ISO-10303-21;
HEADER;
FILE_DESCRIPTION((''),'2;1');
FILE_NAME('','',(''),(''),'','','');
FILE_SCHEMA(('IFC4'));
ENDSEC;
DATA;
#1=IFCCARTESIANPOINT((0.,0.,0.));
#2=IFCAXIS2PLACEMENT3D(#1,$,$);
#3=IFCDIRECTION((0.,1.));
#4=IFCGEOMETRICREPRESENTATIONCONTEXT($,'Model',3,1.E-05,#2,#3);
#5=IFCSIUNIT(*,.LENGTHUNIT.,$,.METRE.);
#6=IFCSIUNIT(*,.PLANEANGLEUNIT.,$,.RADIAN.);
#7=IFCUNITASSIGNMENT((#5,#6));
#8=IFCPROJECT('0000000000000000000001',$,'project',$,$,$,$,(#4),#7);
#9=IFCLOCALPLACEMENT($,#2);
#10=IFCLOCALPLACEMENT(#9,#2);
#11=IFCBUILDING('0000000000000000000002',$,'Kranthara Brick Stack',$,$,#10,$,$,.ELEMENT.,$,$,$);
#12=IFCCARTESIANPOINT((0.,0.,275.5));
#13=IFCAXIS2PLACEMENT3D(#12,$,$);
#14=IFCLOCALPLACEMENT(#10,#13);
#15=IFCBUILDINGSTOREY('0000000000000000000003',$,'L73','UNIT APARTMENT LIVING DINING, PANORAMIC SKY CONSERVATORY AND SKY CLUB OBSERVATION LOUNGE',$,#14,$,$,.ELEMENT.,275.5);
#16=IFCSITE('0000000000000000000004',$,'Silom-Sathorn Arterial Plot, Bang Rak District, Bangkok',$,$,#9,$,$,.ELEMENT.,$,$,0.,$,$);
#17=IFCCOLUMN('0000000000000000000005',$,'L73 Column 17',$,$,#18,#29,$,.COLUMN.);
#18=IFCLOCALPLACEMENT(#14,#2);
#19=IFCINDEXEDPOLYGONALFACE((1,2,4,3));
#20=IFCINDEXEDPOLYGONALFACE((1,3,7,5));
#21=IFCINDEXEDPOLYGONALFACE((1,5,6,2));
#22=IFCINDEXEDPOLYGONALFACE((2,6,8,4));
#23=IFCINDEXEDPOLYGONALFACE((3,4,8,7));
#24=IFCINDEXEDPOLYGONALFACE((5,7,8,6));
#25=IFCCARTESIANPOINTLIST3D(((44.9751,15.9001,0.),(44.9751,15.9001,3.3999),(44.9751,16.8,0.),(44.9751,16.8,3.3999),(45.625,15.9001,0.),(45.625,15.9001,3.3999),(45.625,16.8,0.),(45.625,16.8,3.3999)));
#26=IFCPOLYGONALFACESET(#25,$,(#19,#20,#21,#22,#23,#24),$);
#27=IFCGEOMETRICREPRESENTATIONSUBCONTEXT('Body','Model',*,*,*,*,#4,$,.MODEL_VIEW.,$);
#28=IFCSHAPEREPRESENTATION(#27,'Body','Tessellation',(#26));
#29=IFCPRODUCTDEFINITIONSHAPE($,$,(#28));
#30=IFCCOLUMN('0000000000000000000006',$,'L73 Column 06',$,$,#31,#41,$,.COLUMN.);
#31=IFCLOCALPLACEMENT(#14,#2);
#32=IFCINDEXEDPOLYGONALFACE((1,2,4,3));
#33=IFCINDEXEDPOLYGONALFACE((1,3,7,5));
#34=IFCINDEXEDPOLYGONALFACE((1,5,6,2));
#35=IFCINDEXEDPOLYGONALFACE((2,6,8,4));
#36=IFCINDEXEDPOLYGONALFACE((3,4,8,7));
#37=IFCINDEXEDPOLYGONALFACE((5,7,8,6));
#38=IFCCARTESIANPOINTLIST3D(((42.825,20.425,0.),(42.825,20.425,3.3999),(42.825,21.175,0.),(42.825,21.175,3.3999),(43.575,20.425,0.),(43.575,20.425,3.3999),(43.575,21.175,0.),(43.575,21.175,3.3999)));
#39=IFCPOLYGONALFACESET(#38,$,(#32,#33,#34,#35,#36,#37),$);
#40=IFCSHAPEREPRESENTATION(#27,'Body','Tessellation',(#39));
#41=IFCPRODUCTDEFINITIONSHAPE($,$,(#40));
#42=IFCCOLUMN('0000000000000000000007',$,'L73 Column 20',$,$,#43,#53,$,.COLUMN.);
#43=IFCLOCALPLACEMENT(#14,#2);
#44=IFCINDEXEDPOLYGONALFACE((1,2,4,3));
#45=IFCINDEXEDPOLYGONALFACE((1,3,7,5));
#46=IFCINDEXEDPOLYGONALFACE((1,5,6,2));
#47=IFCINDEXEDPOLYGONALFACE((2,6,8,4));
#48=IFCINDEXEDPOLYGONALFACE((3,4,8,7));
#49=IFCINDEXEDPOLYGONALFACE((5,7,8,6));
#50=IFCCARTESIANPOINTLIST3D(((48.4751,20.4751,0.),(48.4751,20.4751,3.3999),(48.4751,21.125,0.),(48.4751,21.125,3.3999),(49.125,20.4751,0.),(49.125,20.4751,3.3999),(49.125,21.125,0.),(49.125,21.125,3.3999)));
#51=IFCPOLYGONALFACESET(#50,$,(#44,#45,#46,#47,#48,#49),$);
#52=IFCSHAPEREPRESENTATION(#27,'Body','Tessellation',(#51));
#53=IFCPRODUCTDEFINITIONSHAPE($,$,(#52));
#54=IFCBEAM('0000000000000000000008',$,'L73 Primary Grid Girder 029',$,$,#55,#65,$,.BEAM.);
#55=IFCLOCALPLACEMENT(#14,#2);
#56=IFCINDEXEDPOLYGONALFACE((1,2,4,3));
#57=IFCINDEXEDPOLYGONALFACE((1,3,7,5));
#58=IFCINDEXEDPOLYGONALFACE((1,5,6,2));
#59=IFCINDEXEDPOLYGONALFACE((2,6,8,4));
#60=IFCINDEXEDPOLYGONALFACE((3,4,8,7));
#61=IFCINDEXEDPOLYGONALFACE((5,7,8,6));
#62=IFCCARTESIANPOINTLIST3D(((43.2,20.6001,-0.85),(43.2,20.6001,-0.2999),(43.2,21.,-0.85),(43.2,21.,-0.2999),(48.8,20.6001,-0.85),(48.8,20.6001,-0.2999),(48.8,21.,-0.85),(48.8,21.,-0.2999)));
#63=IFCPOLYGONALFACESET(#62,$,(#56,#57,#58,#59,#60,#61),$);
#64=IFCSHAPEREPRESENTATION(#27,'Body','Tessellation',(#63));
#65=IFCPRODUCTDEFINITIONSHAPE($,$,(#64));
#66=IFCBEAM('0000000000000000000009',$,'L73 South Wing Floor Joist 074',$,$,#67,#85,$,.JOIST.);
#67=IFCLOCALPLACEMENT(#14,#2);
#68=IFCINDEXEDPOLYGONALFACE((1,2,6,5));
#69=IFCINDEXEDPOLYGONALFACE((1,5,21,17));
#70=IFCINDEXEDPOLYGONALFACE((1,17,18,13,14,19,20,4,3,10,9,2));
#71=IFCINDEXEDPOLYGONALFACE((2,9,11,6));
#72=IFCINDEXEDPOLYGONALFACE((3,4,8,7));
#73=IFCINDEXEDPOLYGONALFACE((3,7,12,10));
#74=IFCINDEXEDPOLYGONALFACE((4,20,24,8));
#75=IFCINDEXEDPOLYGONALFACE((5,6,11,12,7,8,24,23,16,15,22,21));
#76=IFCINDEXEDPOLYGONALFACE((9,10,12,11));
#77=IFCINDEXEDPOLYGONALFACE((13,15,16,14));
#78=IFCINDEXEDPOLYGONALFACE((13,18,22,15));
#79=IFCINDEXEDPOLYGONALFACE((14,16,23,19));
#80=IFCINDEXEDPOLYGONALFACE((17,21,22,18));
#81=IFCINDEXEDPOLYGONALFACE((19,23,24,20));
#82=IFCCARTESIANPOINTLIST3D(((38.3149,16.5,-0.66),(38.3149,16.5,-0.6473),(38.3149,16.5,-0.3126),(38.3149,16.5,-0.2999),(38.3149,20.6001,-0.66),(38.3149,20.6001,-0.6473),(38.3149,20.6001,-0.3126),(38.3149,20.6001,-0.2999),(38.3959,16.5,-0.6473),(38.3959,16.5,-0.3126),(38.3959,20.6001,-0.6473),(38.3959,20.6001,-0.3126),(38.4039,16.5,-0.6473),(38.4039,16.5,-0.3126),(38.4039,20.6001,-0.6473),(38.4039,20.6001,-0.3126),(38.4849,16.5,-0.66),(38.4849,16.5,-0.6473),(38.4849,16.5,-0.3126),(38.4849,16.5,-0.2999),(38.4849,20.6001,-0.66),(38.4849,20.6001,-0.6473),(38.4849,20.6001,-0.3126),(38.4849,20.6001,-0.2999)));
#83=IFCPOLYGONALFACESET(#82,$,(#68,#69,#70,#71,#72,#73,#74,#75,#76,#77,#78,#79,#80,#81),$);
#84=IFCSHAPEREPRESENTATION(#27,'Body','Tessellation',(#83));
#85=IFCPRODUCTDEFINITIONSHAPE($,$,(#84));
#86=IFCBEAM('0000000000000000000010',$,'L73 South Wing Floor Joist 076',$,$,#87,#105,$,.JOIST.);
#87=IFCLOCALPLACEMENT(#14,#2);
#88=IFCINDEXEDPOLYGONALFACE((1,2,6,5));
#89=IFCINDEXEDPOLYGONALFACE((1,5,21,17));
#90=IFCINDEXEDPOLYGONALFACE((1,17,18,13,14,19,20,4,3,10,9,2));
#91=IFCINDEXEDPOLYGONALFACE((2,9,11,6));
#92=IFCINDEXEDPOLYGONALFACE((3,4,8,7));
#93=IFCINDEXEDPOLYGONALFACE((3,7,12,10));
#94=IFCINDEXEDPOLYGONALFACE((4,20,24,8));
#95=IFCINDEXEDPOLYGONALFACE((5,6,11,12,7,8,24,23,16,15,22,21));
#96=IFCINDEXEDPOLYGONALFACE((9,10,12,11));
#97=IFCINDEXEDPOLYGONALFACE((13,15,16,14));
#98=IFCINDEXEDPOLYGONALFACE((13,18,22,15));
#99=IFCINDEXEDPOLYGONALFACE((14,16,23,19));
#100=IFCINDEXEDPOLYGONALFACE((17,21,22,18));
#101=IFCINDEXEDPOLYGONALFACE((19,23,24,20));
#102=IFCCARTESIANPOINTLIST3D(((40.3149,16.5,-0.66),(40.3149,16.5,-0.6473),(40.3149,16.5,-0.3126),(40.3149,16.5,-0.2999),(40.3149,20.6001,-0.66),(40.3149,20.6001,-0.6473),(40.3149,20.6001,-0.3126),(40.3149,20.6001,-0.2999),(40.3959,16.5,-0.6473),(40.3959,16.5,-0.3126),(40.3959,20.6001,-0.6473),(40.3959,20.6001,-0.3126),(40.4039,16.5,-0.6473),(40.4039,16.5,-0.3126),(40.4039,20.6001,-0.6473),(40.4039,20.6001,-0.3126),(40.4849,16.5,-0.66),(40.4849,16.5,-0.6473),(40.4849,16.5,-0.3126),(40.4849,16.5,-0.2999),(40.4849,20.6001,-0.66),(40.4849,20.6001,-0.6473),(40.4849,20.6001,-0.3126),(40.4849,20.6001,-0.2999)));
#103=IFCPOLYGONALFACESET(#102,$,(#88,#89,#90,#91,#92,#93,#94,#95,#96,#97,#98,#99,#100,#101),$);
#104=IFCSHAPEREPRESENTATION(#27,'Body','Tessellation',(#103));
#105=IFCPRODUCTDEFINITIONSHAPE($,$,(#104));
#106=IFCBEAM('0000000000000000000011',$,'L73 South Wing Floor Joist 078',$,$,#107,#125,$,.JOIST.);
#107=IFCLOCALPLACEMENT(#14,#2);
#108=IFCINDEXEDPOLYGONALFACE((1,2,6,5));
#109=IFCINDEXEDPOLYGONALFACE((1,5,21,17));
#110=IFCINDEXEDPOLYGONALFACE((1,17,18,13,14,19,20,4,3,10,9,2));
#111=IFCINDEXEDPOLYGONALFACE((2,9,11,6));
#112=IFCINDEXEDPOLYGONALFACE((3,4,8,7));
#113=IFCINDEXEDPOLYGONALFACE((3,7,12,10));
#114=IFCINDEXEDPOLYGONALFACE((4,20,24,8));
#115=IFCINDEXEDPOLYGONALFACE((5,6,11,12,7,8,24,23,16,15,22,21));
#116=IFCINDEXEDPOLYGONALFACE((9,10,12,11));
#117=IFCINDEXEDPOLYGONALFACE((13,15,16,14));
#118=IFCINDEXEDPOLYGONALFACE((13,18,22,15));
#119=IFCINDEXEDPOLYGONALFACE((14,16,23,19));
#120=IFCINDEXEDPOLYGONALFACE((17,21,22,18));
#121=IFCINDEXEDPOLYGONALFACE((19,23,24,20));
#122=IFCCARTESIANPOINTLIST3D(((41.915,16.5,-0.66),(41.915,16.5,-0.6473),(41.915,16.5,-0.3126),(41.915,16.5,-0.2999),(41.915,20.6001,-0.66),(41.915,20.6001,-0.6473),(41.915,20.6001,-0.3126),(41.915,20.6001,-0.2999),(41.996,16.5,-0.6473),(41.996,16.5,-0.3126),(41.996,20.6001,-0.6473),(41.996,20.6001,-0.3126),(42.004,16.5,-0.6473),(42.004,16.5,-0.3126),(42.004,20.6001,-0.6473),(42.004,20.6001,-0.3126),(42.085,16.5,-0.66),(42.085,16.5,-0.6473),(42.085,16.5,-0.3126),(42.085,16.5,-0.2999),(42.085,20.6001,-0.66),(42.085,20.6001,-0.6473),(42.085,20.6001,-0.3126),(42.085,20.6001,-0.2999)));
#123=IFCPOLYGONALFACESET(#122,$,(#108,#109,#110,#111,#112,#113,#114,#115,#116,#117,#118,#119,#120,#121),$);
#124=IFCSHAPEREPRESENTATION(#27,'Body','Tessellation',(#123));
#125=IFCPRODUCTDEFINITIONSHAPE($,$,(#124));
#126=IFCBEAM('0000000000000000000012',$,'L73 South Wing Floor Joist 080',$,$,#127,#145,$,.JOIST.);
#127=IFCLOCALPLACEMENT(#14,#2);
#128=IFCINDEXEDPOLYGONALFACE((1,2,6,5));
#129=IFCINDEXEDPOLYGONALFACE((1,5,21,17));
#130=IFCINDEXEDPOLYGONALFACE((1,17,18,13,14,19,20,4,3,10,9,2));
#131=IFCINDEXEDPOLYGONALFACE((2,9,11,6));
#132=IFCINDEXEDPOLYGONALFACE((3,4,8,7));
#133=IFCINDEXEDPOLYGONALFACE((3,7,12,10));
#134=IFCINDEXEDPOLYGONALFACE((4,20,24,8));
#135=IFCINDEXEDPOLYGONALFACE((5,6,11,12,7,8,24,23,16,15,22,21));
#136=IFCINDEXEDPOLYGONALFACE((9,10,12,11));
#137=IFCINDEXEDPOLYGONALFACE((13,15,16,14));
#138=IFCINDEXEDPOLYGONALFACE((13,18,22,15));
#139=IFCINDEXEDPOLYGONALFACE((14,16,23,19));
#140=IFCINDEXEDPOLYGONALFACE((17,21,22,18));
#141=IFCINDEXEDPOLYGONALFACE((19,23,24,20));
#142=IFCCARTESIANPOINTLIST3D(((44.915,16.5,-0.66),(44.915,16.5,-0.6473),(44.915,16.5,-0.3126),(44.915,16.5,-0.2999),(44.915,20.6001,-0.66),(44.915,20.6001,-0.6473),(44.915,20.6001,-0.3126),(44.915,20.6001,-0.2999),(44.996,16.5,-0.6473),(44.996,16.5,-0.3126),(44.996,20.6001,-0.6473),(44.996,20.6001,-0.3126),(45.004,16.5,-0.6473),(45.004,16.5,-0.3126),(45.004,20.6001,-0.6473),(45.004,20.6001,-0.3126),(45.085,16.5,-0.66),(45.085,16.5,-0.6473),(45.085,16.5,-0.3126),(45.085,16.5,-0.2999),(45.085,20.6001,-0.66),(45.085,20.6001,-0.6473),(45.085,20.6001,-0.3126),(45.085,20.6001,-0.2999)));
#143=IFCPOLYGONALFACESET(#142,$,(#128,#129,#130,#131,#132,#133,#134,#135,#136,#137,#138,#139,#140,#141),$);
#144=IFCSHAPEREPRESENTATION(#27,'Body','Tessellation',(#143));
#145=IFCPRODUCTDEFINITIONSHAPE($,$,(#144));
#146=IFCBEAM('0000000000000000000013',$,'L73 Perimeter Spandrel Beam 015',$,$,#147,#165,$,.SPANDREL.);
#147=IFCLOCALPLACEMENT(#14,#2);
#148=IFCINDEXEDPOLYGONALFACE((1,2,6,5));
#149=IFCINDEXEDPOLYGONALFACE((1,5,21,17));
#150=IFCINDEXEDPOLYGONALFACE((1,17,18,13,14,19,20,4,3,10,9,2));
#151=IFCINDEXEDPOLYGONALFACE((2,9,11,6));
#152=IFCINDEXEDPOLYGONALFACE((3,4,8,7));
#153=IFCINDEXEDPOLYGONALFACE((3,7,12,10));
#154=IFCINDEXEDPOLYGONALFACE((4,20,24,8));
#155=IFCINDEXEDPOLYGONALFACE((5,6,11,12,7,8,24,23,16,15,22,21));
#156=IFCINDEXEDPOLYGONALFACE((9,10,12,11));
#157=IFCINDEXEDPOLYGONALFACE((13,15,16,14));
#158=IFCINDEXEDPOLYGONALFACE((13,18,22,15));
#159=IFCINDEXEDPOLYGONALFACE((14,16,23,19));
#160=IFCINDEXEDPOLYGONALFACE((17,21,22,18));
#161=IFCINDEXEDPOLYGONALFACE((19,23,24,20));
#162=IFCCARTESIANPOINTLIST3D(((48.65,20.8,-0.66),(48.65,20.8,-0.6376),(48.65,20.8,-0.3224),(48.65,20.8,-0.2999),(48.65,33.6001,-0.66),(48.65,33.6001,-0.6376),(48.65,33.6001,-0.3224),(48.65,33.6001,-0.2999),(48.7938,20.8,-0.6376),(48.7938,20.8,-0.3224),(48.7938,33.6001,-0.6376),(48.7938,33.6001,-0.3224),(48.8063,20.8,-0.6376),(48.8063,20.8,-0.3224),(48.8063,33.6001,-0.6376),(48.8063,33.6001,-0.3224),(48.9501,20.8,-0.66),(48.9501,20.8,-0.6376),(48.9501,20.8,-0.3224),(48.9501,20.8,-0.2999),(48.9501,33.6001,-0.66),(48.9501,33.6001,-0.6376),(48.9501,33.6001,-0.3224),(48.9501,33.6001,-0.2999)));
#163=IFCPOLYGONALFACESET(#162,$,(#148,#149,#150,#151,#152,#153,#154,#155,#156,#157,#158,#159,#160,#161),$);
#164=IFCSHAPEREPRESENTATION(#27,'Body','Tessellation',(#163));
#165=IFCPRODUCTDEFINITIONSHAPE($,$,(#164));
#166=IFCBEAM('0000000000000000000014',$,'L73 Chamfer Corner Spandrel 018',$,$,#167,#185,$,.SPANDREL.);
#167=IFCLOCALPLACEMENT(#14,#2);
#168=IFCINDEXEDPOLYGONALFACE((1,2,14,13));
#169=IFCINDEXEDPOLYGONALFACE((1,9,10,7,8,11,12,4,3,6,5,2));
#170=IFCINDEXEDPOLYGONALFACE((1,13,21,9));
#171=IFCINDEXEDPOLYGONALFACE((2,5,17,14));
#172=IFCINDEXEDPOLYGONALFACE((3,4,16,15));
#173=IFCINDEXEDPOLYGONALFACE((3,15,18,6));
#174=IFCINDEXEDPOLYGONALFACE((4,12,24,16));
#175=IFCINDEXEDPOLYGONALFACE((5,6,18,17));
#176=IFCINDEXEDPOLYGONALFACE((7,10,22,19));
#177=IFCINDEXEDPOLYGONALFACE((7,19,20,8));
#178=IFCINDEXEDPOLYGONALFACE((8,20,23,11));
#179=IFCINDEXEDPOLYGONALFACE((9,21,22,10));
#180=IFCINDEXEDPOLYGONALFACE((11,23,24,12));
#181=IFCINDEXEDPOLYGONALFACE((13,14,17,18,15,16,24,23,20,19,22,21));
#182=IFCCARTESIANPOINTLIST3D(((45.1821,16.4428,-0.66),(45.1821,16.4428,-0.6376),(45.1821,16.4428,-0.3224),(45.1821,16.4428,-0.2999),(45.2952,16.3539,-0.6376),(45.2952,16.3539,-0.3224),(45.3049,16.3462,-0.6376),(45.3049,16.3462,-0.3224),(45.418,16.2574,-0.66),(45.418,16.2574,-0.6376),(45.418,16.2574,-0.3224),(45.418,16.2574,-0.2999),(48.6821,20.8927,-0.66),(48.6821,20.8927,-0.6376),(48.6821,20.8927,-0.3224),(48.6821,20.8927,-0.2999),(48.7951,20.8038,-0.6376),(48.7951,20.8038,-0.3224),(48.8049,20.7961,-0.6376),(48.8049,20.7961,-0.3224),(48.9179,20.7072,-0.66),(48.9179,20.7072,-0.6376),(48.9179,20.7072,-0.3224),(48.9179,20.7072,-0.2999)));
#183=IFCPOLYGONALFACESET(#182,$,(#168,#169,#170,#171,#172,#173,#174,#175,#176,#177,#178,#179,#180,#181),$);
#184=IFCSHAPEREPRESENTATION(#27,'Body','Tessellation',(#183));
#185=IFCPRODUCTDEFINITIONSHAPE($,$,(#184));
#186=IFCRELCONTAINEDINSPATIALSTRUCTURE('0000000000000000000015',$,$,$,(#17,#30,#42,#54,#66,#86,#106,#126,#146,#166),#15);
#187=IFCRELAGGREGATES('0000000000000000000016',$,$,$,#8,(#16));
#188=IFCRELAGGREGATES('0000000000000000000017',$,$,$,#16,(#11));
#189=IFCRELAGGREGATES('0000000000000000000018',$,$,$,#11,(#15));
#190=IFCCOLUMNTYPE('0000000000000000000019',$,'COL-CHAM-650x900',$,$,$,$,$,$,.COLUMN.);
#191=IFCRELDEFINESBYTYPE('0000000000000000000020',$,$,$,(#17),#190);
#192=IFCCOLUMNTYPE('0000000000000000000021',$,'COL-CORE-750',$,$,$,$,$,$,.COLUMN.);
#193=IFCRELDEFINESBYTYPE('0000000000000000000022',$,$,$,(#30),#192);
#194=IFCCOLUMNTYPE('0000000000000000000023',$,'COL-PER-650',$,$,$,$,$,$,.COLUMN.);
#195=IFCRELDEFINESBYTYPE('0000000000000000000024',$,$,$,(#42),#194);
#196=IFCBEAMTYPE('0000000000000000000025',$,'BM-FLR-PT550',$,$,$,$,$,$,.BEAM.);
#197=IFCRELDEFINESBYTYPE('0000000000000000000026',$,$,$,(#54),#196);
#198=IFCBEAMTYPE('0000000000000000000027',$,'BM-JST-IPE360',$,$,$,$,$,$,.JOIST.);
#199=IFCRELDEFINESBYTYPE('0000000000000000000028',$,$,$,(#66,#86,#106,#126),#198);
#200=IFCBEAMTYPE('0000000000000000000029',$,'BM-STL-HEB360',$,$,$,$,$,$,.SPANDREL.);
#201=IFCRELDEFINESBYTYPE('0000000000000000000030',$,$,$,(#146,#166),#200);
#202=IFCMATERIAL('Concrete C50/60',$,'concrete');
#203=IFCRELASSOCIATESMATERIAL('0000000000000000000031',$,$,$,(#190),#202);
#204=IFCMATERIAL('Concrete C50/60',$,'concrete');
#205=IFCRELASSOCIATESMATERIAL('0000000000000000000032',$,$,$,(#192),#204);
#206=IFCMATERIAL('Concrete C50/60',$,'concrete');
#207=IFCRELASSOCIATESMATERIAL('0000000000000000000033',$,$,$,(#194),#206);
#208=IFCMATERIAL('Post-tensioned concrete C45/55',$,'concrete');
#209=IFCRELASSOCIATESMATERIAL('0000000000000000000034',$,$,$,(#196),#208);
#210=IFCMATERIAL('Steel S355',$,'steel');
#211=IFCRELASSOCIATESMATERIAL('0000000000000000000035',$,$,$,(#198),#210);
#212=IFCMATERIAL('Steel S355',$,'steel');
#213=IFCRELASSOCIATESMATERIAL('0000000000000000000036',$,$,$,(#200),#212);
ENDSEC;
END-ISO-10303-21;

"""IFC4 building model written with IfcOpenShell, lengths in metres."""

from ifc_helpers import new_model, si_unit, direction, frame, origin, origin_2d, place, context, subcontext, project, spatial, rectangle, i_section, extrude, material, material_profile, profile_set, type_object, element, save


model = new_model("IFC4")

# Units and contexts
model_context = context("Model", 3, precision=1e-05, world=origin(), true_north=direction((0.0, 1.0)))
body_context = subcontext(model_context, "Body", "Model", "MODEL_VIEW")
ifc_project = project(units=[si_unit("LENGTHUNIT", "METRE"), si_unit("PLANEANGLEUNIT", "RADIAN")], contexts=[model_context])

# Site, building, storey
site_placement = place(None, origin())
site = spatial("IfcSite", under=ifc_project, at=site_placement, Name="Silom-Sathorn Arterial Plot, Bang Rak District, Bangkok", CompositionType="ELEMENT", RefElevation=0.0)
building_placement = place(site_placement, origin())
building = spatial("IfcBuilding", under=site, at=building_placement, Name="Kranthara Brick Stack", CompositionType="ELEMENT")
storey_placement = place(building_placement, frame((0.0, 0.0, 275.5)))
storey = spatial("IfcBuildingStorey", under=building, at=storey_placement, Name="L73", Description="UNIT APARTMENT LIVING DINING, PANORAMIC SKY CONSERVATORY AND SKY CLUB OBSERVATION LOUNGE", CompositionType="ELEMENT", Elevation=275.5)

# Columns
ifc_material_1 = material(Name="Concrete C50/60", Category="concrete")
ifc_material_profile_1 = material_profile(ifc_material_1, rectangle(XDim=0.6499, YDim=0.8999, at=origin_2d()), Name="RC 650x900")
ifc_profile_set_1 = profile_set([ifc_material_profile_1], Name="Concrete C50/60")
column_type_1 = type_object("IfcColumnType", Name="COL-CHAM-650x900", PredefinedType="COLUMN", material=ifc_profile_set_1)
column_1_placement = place(storey_placement, frame((45.3, 16.3501, 0.0), z_axis=(0.0, 0.0, 1.0), x_axis=(1.0, 0.0, 0.0)))
element("IfcColumn", 1, at=column_1_placement, inside=storey, type_object=column_type_1, Name="L73 Column 17", PredefinedType="COLUMN", context=body_context, shape_type="SweptSolid", body=[
    extrude(rectangle(XDim=0.6499, YDim=0.8999, at=origin_2d()), origin(), (0.0, 0.0, 1.0), 3.3999),
])
ifc_material_2 = material(Name="Concrete C50/60", Category="concrete")
ifc_material_profile_2 = material_profile(ifc_material_2, rectangle(XDim=0.75, YDim=0.75, at=origin_2d()), Name="RC 750x750")
ifc_profile_set_2 = profile_set([ifc_material_profile_2], Name="Concrete C50/60")
column_type_2 = type_object("IfcColumnType", Name="COL-CORE-750", PredefinedType="COLUMN", material=ifc_profile_set_2)
column_2_placement = place(storey_placement, frame((43.2, 20.8, 0.0), z_axis=(0.0, 0.0, 1.0), x_axis=(1.0, 0.0, 0.0)))
element("IfcColumn", 2, at=column_2_placement, inside=storey, type_object=column_type_2, Name="L73 Column 06", PredefinedType="COLUMN", context=body_context, shape_type="SweptSolid", body=[
    extrude(rectangle(XDim=0.75, YDim=0.75, at=origin_2d()), origin(), (0.0, 0.0, 1.0), 3.3999),
])
ifc_material_3 = material(Name="Concrete C50/60", Category="concrete")
ifc_material_profile_3 = material_profile(ifc_material_3, rectangle(XDim=0.6499, YDim=0.6499, at=origin_2d()), Name="RC 650x650")
ifc_profile_set_3 = profile_set([ifc_material_profile_3], Name="Concrete C50/60")
column_type_3 = type_object("IfcColumnType", Name="COL-PER-650", PredefinedType="COLUMN", material=ifc_profile_set_3)
column_3_placement = place(storey_placement, frame((48.8, 20.8, 0.0), z_axis=(0.0, 0.0, 1.0), x_axis=(1.0, 0.0, 0.0)))
element("IfcColumn", 3, at=column_3_placement, inside=storey, type_object=column_type_3, Name="L73 Column 20", PredefinedType="COLUMN", context=body_context, shape_type="SweptSolid", body=[
    extrude(rectangle(XDim=0.6499, YDim=0.6499, at=origin_2d()), origin(), (0.0, 0.0, 1.0), 3.3999),
])

# Beams
ifc_material_4 = material(Name="Post-tensioned concrete C45/55", Category="concrete")
ifc_material_profile_4 = material_profile(ifc_material_4, rectangle(XDim=0.3999, YDim=0.55, at=origin_2d()), Name="PT 400x550")
ifc_profile_set_4 = profile_set([ifc_material_profile_4], Name="Post-tensioned concrete C45/55")
beam_type_1 = type_object("IfcBeamType", Name="BM-FLR-PT550", PredefinedType="BEAM", material=ifc_profile_set_4)
beam_1_placement = place(storey_placement, frame((43.2, 20.8, -0.575), z_axis=(1.0, 0.0, 0.0), x_axis=(0.0, 1.0, 0.0)))
element("IfcBeam", 4, at=beam_1_placement, inside=storey, type_object=beam_type_1, Name="L73 Primary Grid Girder 029", PredefinedType="BEAM", context=body_context, shape_type="SweptSolid", body=[
    extrude(rectangle(XDim=0.3999, YDim=0.55, at=origin_2d()), origin(), (0.0, 0.0, 1.0), 5.6001),
])
ifc_material_5 = material(Name="Steel S355", Category="steel")
ifc_material_profile_5 = material_profile(ifc_material_5, i_section(OverallWidth=0.1699, OverallDepth=0.3601, WebThickness=0.0081, FlangeThickness=0.0127, at=origin_2d()), Name="IPE 360")
ifc_profile_set_5 = profile_set([ifc_material_profile_5], Name="Steel S355")
beam_type_2 = type_object("IfcBeamType", Name="BM-JST-IPE360", PredefinedType="JOIST", material=ifc_profile_set_5)
for number, where, z_axis, x_axis, name in (
    (5, (38.3999, 16.5, -0.48), (0.0, 1.0, 0.0), (-1.0, 0.0, 0.0), "L73 South Wing Floor Joist 074"),
    (6, (40.3999, 16.5, -0.48), (0.0, 1.0, 0.0), (-1.0, 0.0, 0.0), "L73 South Wing Floor Joist 076"),
    (7, (42.0, 16.5, -0.48), (0.0, 1.0, 0.0), (-1.0, 0.0, 0.0), "L73 South Wing Floor Joist 078"),
    (8, (45.0, 16.5, -0.48), (0.0, 1.0, 0.0), (-1.0, 0.0, 0.0), "L73 South Wing Floor Joist 080"),
):
    element("IfcBeam", number, at=place(storey_placement, frame(where, z_axis=z_axis, x_axis=x_axis)), inside=storey, type_object=beam_type_2, Name=name, PredefinedType="JOIST", context=body_context, shape_type="SweptSolid", body=[
        extrude(i_section(OverallWidth=0.1699, OverallDepth=0.3601, WebThickness=0.0081, FlangeThickness=0.0127, at=origin_2d()), origin(), (0.0, 0.0, 1.0), 4.1001),
    ])
ifc_material_6 = material(Name="Steel S355", Category="steel")
ifc_material_profile_6 = material_profile(ifc_material_6, i_section(OverallWidth=0.3, OverallDepth=0.3601, WebThickness=0.0125, FlangeThickness=0.0225, at=origin_2d()), Name="HEB 360")
ifc_profile_set_6 = profile_set([ifc_material_profile_6], Name="Steel S355")
beam_type_3 = type_object("IfcBeamType", Name="BM-STL-HEB360", PredefinedType="SPANDREL", material=ifc_profile_set_6)
beam_2_placement = place(storey_placement, frame((48.8, 20.8, -0.48), z_axis=(0.0, 1.0, 0.0), x_axis=(-1.0, 0.0, 0.0)))
element("IfcBeam", 9, at=beam_2_placement, inside=storey, type_object=beam_type_3, Name="L73 Perimeter Spandrel Beam 015", PredefinedType="SPANDREL", context=body_context, shape_type="SweptSolid", body=[
    extrude(i_section(OverallWidth=0.3, OverallDepth=0.3601, WebThickness=0.0125, FlangeThickness=0.0225, at=origin_2d()), origin(), (0.0, 0.0, 1.0), 12.8),
])
beam_3_placement = place(storey_placement, frame((45.3, 16.3501, -0.48), z_axis=(0.618216, 0.786008, 0.0), x_axis=(-0.786008, 0.618216, 0.0)))
element("IfcBeam", 10, at=beam_3_placement, inside=storey, type_object=beam_type_3, Name="L73 Chamfer Corner Spandrel 018", PredefinedType="SPANDREL", context=body_context, shape_type="SweptSolid", body=[
    extrude(i_section(OverallWidth=0.3, OverallDepth=0.3601, WebThickness=0.0125, FlangeThickness=0.0225, at=origin_2d()), origin(), (0.0, 0.0, 1.0), 5.6614),
])

save(model, "model.ifc")
